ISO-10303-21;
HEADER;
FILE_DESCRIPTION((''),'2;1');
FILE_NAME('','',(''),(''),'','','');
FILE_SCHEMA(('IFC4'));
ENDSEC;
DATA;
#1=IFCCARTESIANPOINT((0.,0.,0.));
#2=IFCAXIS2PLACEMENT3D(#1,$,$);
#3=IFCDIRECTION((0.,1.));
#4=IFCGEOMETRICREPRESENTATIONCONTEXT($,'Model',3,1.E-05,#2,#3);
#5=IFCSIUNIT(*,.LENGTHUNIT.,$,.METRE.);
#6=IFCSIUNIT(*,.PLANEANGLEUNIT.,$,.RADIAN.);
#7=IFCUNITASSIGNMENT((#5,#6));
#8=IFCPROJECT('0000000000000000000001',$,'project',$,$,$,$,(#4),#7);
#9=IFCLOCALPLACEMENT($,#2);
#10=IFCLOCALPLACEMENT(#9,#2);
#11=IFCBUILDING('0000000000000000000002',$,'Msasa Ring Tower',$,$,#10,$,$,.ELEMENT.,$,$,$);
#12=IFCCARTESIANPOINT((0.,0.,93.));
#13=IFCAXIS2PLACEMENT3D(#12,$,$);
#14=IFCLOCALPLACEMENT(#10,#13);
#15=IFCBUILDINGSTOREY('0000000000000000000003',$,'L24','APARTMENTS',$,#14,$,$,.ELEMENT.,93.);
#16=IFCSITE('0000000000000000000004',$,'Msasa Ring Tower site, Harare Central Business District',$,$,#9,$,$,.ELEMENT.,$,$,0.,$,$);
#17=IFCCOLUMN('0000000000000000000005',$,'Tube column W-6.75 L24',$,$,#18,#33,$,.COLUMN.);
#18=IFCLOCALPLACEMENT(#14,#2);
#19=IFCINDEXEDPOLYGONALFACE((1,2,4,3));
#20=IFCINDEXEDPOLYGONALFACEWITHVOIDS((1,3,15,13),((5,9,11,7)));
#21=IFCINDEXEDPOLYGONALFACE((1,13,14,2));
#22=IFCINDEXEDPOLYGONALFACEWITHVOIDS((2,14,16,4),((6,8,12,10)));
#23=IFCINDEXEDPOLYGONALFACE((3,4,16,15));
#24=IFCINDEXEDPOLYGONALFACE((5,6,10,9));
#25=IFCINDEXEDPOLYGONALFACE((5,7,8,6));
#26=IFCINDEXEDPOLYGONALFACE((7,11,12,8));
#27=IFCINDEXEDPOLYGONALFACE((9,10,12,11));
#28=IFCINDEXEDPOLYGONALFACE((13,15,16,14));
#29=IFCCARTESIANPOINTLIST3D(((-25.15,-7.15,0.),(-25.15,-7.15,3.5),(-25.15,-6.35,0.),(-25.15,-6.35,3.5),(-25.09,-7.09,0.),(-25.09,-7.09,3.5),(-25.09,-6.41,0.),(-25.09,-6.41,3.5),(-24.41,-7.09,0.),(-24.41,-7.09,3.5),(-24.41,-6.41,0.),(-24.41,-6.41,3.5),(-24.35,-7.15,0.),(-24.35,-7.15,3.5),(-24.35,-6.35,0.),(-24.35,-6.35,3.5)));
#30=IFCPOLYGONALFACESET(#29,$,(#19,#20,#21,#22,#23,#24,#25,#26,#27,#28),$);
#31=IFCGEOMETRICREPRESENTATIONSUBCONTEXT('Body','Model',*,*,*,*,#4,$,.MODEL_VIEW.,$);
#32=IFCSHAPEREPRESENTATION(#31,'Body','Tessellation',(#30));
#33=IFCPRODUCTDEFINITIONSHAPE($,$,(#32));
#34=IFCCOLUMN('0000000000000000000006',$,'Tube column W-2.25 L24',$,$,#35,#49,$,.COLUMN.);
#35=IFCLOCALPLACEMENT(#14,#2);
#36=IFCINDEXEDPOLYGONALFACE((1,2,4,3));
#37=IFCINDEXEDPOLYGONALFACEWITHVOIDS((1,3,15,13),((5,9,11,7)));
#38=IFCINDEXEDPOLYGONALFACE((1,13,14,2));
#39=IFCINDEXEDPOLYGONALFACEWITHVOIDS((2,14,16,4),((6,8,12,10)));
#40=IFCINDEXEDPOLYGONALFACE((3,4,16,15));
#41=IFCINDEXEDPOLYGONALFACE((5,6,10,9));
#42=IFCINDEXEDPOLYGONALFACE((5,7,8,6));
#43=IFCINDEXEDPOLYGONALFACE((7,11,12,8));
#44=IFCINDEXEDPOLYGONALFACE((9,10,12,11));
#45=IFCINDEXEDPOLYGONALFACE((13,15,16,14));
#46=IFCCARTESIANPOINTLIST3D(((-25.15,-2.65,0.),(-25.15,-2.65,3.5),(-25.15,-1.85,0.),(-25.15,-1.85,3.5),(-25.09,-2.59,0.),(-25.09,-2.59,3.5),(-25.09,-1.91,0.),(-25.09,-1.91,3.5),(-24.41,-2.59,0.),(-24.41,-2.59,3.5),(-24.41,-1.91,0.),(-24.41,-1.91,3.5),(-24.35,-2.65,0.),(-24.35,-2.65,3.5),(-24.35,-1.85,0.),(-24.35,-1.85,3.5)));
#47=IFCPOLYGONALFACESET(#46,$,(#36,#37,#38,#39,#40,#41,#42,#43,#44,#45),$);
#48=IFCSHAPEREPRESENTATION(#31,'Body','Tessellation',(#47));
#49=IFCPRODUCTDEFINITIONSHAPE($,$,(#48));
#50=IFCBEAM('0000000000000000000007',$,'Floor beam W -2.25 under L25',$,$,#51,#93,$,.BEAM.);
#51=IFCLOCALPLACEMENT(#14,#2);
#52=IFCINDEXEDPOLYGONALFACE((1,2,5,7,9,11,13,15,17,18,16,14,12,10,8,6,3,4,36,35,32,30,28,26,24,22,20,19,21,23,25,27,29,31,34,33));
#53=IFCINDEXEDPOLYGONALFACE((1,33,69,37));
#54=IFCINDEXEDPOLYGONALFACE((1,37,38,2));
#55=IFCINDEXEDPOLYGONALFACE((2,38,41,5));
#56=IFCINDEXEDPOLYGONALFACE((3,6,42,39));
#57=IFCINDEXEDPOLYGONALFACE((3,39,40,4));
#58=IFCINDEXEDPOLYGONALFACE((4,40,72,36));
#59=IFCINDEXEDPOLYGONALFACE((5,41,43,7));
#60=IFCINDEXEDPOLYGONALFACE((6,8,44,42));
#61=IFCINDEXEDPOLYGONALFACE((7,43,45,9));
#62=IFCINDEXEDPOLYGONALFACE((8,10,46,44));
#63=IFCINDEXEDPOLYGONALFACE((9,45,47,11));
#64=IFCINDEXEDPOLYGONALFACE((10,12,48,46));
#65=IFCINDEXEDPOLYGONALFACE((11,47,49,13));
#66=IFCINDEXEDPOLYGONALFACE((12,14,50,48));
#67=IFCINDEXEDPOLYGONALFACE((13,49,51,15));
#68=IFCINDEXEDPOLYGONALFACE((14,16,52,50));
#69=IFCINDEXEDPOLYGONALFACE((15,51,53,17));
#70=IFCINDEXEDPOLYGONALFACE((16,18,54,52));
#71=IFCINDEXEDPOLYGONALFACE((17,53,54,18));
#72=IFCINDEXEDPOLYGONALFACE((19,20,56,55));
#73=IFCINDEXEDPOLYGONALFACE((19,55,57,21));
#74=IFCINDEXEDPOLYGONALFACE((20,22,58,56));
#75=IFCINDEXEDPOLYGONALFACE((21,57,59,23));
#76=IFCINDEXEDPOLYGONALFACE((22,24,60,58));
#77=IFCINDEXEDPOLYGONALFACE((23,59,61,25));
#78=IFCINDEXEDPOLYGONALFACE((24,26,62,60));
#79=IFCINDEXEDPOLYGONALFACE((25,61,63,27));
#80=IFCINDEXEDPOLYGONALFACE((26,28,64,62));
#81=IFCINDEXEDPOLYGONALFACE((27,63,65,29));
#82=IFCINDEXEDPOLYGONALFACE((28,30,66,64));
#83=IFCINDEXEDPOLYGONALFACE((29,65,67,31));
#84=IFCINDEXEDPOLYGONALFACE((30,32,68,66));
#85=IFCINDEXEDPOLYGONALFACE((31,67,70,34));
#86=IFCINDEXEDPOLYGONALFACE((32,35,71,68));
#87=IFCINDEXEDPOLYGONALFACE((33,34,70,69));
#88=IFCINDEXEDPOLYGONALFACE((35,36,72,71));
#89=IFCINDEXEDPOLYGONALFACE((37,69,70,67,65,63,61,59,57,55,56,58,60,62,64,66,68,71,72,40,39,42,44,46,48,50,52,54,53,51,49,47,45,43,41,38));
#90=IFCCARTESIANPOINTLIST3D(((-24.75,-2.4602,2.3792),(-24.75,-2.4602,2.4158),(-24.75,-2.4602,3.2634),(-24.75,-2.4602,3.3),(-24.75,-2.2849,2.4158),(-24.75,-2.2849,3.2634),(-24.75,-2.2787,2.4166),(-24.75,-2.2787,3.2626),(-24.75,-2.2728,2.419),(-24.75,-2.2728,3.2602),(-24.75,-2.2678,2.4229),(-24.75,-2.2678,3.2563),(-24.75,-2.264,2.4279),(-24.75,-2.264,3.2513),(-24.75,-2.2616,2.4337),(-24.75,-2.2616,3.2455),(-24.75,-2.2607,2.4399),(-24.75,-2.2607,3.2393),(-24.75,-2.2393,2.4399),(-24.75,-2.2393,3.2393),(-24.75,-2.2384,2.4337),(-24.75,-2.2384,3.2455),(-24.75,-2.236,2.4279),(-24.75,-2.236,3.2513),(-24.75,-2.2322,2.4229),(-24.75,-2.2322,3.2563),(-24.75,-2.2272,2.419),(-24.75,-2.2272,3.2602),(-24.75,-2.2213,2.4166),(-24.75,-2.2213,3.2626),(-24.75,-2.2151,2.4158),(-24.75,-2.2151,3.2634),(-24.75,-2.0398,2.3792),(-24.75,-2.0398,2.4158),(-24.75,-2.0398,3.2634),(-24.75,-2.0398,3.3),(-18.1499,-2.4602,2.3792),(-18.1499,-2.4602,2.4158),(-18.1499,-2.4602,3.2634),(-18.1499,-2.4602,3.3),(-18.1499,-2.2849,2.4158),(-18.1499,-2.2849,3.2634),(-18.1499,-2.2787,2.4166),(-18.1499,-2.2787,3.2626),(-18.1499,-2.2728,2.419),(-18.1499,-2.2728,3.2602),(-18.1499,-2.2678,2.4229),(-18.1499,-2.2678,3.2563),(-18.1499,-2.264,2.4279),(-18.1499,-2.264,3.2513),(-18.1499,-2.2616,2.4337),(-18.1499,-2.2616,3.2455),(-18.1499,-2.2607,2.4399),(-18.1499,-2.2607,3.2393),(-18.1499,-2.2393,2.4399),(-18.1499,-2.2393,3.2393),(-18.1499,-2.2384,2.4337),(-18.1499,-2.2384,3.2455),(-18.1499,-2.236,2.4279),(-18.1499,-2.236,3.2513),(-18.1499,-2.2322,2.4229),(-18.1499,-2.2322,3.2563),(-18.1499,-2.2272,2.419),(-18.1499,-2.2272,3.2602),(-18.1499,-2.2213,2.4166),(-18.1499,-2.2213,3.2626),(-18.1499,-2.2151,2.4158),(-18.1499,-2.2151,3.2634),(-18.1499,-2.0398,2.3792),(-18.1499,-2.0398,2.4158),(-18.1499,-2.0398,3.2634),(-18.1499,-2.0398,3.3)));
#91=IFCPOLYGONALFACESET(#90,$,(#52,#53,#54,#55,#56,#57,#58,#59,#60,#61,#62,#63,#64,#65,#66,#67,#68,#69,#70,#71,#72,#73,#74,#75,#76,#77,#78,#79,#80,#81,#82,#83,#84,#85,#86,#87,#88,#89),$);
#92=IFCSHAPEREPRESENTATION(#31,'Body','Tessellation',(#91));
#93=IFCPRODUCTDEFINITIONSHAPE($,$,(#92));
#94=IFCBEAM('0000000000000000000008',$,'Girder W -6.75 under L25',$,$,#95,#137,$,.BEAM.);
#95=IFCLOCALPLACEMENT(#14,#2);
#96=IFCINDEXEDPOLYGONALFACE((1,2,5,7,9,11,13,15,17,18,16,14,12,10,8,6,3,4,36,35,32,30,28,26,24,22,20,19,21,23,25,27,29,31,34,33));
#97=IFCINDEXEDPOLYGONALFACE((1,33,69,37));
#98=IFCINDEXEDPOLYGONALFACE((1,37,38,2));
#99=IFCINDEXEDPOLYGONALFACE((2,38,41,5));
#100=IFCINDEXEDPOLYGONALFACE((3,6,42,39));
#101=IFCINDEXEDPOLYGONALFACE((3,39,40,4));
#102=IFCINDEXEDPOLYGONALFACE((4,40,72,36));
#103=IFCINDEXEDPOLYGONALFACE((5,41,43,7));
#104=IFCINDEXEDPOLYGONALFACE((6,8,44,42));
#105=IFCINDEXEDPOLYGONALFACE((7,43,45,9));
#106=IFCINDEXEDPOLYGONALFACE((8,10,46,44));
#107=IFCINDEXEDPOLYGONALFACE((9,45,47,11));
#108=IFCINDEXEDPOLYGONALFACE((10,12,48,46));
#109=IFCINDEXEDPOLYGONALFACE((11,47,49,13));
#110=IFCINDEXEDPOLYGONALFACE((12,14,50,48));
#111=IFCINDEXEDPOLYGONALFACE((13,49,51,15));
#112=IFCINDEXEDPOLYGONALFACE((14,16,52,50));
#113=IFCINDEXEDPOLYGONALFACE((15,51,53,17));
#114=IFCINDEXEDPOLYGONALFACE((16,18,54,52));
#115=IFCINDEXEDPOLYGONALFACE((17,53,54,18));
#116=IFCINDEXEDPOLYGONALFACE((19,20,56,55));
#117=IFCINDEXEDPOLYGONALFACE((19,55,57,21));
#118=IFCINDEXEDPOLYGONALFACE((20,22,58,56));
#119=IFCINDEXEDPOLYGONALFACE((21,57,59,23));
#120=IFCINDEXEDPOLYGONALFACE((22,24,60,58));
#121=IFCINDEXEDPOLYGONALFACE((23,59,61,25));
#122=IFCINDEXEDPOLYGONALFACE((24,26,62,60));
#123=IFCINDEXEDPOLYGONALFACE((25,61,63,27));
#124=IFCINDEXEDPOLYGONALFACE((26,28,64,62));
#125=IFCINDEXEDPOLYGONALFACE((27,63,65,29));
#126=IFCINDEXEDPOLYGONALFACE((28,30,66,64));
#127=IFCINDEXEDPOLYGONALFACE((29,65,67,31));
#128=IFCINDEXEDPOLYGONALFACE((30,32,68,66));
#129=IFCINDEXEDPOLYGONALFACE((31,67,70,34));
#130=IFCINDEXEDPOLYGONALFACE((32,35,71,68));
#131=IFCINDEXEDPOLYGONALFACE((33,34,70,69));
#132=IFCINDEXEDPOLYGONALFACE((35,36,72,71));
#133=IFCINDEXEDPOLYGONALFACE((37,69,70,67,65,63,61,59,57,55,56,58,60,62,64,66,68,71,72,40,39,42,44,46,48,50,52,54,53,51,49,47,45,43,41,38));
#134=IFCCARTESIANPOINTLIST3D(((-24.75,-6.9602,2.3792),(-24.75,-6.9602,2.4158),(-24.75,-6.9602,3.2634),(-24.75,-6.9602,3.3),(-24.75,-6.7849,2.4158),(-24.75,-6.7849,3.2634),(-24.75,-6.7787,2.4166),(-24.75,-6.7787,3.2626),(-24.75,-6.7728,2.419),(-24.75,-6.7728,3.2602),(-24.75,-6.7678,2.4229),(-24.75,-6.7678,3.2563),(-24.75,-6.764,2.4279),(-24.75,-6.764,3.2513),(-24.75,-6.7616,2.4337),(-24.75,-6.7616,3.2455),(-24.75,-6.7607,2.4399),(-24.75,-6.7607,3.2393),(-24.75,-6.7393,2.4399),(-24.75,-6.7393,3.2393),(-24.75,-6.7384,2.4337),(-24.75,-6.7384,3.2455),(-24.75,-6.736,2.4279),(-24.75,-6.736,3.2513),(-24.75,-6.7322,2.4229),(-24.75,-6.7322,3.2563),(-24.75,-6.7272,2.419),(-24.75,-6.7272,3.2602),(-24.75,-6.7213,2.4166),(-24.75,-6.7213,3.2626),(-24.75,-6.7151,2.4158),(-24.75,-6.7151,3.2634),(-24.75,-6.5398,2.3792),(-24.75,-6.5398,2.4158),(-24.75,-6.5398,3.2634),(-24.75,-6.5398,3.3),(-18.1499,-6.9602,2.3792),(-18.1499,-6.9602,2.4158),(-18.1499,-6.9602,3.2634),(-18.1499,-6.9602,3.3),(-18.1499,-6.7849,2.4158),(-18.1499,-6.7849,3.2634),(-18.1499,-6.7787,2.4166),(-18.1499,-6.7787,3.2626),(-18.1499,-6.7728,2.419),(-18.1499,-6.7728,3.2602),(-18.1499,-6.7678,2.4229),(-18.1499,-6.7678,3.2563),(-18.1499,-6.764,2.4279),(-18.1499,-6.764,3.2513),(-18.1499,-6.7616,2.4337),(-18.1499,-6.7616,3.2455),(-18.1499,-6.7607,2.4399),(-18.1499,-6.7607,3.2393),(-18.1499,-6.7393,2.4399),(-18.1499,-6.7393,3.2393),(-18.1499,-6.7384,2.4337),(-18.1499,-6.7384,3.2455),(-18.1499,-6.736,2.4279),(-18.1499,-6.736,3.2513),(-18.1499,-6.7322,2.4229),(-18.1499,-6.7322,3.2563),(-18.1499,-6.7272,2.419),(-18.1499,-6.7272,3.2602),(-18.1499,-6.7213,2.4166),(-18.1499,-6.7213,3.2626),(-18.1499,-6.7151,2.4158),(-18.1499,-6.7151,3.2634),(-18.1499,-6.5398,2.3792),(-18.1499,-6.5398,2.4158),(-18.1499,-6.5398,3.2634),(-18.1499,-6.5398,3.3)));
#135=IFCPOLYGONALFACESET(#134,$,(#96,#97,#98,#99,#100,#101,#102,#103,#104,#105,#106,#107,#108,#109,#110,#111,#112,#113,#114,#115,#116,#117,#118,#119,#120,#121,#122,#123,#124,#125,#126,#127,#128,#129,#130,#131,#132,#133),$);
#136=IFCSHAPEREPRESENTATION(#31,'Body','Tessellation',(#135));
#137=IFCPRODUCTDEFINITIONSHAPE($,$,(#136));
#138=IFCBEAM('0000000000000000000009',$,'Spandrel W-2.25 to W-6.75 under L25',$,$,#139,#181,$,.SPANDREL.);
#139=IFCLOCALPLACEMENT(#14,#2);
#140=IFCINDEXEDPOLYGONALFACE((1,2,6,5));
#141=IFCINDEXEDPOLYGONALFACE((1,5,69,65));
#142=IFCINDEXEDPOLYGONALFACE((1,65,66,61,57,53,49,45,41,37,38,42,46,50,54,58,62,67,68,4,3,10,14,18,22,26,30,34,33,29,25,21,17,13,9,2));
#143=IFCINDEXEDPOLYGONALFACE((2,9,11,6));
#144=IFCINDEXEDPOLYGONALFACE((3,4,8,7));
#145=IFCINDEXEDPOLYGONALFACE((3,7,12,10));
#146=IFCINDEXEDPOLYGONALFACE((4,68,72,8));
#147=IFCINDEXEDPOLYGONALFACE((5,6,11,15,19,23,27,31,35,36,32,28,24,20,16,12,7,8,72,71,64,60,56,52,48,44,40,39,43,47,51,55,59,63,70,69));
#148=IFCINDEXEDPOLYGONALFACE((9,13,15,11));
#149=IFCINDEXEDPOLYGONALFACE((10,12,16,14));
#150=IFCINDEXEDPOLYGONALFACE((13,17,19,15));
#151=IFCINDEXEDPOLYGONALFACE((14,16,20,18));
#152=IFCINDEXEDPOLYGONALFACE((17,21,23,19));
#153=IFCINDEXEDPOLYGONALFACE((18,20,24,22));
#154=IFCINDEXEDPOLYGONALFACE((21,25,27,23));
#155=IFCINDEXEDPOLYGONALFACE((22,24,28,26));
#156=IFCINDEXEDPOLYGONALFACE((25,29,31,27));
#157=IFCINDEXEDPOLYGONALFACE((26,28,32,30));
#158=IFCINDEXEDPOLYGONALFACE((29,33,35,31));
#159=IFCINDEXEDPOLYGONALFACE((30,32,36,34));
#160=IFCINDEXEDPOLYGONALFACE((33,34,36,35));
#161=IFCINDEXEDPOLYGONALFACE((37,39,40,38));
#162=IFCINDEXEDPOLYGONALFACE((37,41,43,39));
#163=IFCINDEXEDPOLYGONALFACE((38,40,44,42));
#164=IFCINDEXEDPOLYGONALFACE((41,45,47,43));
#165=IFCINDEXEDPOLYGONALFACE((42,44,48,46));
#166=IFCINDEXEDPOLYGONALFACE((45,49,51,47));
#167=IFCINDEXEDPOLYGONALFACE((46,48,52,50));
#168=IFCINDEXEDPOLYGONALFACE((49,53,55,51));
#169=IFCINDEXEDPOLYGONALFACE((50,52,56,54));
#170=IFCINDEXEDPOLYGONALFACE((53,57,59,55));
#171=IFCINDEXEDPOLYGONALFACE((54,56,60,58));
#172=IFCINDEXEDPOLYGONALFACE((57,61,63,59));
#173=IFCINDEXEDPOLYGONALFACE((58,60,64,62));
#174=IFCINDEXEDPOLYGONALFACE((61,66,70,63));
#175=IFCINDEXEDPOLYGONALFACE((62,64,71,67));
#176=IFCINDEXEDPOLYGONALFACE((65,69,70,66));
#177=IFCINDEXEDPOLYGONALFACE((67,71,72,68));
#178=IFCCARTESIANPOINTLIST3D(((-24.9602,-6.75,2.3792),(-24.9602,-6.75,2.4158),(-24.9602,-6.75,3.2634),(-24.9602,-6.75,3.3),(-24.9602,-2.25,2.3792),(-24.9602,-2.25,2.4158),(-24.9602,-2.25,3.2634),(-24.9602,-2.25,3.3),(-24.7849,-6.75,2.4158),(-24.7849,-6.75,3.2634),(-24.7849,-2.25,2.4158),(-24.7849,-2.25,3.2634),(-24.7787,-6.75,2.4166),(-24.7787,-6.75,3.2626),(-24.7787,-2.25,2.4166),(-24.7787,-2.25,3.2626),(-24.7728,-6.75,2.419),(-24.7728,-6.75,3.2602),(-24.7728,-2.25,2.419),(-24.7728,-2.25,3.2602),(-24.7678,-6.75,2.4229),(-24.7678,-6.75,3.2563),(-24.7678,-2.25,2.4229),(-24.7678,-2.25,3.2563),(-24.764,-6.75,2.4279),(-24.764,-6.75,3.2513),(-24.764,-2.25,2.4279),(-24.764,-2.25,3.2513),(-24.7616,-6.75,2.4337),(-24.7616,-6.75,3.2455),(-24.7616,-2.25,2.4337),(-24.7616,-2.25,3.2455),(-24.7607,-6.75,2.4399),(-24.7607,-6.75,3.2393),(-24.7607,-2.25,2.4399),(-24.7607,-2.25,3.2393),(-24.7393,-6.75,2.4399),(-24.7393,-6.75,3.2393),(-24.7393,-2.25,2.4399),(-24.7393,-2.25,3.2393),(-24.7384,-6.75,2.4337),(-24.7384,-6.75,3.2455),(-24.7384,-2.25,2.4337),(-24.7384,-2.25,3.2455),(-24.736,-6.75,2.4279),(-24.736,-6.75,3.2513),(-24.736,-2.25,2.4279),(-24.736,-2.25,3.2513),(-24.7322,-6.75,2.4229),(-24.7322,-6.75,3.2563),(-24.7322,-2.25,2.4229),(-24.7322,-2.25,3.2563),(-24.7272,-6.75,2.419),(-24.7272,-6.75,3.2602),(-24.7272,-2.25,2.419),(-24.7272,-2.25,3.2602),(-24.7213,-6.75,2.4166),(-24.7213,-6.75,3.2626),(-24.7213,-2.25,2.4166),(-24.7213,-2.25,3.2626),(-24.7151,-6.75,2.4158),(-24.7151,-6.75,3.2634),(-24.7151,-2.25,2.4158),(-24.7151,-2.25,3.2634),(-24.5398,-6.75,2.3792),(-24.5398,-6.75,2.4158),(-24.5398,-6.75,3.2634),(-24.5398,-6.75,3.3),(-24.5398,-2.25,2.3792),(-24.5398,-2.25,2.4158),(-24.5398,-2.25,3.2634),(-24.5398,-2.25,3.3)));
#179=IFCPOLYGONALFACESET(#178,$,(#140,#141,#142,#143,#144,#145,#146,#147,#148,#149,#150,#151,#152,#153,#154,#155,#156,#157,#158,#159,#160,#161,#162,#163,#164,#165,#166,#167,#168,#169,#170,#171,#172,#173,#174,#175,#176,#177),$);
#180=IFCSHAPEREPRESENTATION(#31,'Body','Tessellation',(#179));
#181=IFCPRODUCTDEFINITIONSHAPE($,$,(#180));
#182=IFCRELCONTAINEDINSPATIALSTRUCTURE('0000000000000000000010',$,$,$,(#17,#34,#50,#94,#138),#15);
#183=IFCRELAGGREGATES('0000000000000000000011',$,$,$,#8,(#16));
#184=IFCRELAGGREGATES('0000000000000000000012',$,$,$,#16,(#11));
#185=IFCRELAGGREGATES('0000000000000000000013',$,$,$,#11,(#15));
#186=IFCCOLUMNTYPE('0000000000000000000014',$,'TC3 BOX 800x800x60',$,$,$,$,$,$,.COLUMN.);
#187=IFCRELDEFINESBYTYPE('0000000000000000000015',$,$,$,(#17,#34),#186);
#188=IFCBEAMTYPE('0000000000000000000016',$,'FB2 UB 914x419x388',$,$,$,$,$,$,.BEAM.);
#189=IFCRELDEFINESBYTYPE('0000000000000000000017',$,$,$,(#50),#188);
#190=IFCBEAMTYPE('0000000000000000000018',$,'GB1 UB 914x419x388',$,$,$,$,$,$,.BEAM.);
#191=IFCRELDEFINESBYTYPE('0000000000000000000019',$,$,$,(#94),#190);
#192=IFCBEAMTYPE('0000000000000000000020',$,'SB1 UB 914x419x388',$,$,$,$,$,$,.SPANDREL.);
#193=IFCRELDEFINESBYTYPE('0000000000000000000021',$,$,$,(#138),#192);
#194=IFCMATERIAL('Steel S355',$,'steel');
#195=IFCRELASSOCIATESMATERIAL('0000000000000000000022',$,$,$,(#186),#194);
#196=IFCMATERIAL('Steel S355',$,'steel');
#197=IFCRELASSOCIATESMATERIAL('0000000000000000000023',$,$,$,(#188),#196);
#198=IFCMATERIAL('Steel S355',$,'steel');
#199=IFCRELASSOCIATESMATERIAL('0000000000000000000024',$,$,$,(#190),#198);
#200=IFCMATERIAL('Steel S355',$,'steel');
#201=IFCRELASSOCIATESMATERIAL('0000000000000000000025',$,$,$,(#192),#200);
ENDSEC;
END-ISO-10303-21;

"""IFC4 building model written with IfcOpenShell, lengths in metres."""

from ifc_helpers import new_model, si_unit, direction, frame, origin, origin_2d, place, context, subcontext, project, spatial, hollow_rectangle, i_section, extrude, material, material_profile, profile_set, type_object, element, save


model = new_model("IFC4")

# Units and contexts
model_context = context("Model", 3, precision=1e-05, world=origin(), true_north=direction((0.0, 1.0)))
body_context = subcontext(model_context, "Body", "Model", "MODEL_VIEW")
ifc_project = project(units=[si_unit("LENGTHUNIT", "METRE"), si_unit("PLANEANGLEUNIT", "RADIAN")], contexts=[model_context])

# Site, building, storey
site_placement = place(None, origin())
site = spatial("IfcSite", under=ifc_project, at=site_placement, Name="Msasa Ring Tower site, Harare Central Business District", CompositionType="ELEMENT", RefElevation=0.0)
building_placement = place(site_placement, origin())
building = spatial("IfcBuilding", under=site, at=building_placement, Name="Msasa Ring Tower", CompositionType="ELEMENT")
storey_placement = place(building_placement, frame((0.0, 0.0, 93.0)))
storey = spatial("IfcBuildingStorey", under=building, at=storey_placement, Name="L24", Description="APARTMENTS", CompositionType="ELEMENT", Elevation=93.0)

# Columns
ifc_material_1 = material(Name="Steel S355", Category="steel")
ifc_material_profile_1 = material_profile(ifc_material_1, hollow_rectangle(XDim=0.8, YDim=0.8, WallThickness=0.0601, at=origin_2d()), Name="BOX 800x800x60")
ifc_profile_set_1 = profile_set([ifc_material_profile_1], Name="Steel S355")
column_type = type_object("IfcColumnType", Name="TC3 BOX 800x800x60", PredefinedType="COLUMN", material=ifc_profile_set_1)
for number, where, z_axis, x_axis, name in (
    (1, (-24.75, -6.75, 0.0), (0.0, 0.0, 1.0), (1.0, 0.0, 0.0), "Tube column W-6.75 L24"),
    (2, (-24.75, -2.25, 0.0), (0.0, 0.0, 1.0), (1.0, 0.0, 0.0), "Tube column W-2.25 L24"),
):
    element("IfcColumn", number, at=place(storey_placement, frame(where, z_axis=z_axis, x_axis=x_axis)), inside=storey, type_object=column_type, Name=name, PredefinedType="COLUMN", context=body_context, shape_type="SweptSolid", body=[
        extrude(hollow_rectangle(XDim=0.8, YDim=0.8, WallThickness=0.0601, at=origin_2d()), origin(), (0.0, 0.0, 1.0), 3.5),
    ])

# Beams
ifc_material_2 = material(Name="Steel S355", Category="steel")
ifc_material_profile_2 = material_profile(ifc_material_2, i_section(OverallWidth=0.4204, OverallDepth=0.9209, WebThickness=0.0215, FlangeThickness=0.0366, FilletRadius=0.0242, at=origin_2d()), Name="UB 914x419x388")
ifc_profile_set_2 = profile_set([ifc_material_profile_2], Name="Steel S355")
beam_type_1 = type_object("IfcBeamType", Name="FB2 UB 914x419x388", PredefinedType="BEAM", material=ifc_profile_set_2)
beam_1_placement = place(storey_placement, frame((-24.75, -2.25, 2.8396), z_axis=(1.0, 0.0, 0.0), x_axis=(0.0, 1.0, 0.0)))
element("IfcBeam", 3, at=beam_1_placement, inside=storey, type_object=beam_type_1, Name="Floor beam W -2.25 under L25", PredefinedType="BEAM", context=body_context, shape_type="SweptSolid", body=[
    extrude(i_section(OverallWidth=0.4204, OverallDepth=0.9209, WebThickness=0.0215, FlangeThickness=0.0366, FilletRadius=0.0242, at=origin_2d()), origin(), (0.0, 0.0, 1.0), 6.6001),
])
ifc_material_3 = material(Name="Steel S355", Category="steel")
ifc_material_profile_3 = material_profile(ifc_material_3, i_section(OverallWidth=0.4204, OverallDepth=0.9209, WebThickness=0.0215, FlangeThickness=0.0366, FilletRadius=0.0242, at=origin_2d()), Name="UB 914x419x388")
ifc_profile_set_3 = profile_set([ifc_material_profile_3], Name="Steel S355")
beam_type_2 = type_object("IfcBeamType", Name="GB1 UB 914x419x388", PredefinedType="BEAM", material=ifc_profile_set_3)
beam_2_placement = place(storey_placement, frame((-18.1499, -6.75, 2.8396), z_axis=(-1.0, 0.0, 0.0), x_axis=(0.0, -1.0, 0.0)))
element("IfcBeam", 4, at=beam_2_placement, inside=storey, type_object=beam_type_2, Name="Girder W -6.75 under L25", PredefinedType="BEAM", context=body_context, shape_type="SweptSolid", body=[
    extrude(i_section(OverallWidth=0.4204, OverallDepth=0.9209, WebThickness=0.0215, FlangeThickness=0.0366, FilletRadius=0.0242, at=origin_2d()), origin(), (0.0, 0.0, 1.0), 6.6001),
])
ifc_material_4 = material(Name="Steel S355", Category="steel")
ifc_material_profile_4 = material_profile(ifc_material_4, i_section(OverallWidth=0.4204, OverallDepth=0.9209, WebThickness=0.0215, FlangeThickness=0.0366, FilletRadius=0.0242, at=origin_2d()), Name="UB 914x419x388")
ifc_profile_set_4 = profile_set([ifc_material_profile_4], Name="Steel S355")
beam_type_3 = type_object("IfcBeamType", Name="SB1 UB 914x419x388", PredefinedType="SPANDREL", material=ifc_profile_set_4)
for number, where, z_axis, x_axis, name in (
    (5, (-24.75, -2.25, 2.8396), (0.0, -1.0, 0.0), (1.0, 0.0, 0.0), "Spandrel W-2.25 to W-6.75 under L25"),
):
    element("IfcBeam", number, at=place(storey_placement, frame(where, z_axis=z_axis, x_axis=x_axis)), inside=storey, type_object=beam_type_3, Name=name, PredefinedType="SPANDREL", context=body_context, shape_type="SweptSolid", body=[
        extrude(i_section(OverallWidth=0.4204, OverallDepth=0.9209, WebThickness=0.0215, FlangeThickness=0.0366, FilletRadius=0.0242, at=origin_2d()), origin(), (0.0, 0.0, 1.0), 4.5),
    ])

save(model, "model.ifc")
